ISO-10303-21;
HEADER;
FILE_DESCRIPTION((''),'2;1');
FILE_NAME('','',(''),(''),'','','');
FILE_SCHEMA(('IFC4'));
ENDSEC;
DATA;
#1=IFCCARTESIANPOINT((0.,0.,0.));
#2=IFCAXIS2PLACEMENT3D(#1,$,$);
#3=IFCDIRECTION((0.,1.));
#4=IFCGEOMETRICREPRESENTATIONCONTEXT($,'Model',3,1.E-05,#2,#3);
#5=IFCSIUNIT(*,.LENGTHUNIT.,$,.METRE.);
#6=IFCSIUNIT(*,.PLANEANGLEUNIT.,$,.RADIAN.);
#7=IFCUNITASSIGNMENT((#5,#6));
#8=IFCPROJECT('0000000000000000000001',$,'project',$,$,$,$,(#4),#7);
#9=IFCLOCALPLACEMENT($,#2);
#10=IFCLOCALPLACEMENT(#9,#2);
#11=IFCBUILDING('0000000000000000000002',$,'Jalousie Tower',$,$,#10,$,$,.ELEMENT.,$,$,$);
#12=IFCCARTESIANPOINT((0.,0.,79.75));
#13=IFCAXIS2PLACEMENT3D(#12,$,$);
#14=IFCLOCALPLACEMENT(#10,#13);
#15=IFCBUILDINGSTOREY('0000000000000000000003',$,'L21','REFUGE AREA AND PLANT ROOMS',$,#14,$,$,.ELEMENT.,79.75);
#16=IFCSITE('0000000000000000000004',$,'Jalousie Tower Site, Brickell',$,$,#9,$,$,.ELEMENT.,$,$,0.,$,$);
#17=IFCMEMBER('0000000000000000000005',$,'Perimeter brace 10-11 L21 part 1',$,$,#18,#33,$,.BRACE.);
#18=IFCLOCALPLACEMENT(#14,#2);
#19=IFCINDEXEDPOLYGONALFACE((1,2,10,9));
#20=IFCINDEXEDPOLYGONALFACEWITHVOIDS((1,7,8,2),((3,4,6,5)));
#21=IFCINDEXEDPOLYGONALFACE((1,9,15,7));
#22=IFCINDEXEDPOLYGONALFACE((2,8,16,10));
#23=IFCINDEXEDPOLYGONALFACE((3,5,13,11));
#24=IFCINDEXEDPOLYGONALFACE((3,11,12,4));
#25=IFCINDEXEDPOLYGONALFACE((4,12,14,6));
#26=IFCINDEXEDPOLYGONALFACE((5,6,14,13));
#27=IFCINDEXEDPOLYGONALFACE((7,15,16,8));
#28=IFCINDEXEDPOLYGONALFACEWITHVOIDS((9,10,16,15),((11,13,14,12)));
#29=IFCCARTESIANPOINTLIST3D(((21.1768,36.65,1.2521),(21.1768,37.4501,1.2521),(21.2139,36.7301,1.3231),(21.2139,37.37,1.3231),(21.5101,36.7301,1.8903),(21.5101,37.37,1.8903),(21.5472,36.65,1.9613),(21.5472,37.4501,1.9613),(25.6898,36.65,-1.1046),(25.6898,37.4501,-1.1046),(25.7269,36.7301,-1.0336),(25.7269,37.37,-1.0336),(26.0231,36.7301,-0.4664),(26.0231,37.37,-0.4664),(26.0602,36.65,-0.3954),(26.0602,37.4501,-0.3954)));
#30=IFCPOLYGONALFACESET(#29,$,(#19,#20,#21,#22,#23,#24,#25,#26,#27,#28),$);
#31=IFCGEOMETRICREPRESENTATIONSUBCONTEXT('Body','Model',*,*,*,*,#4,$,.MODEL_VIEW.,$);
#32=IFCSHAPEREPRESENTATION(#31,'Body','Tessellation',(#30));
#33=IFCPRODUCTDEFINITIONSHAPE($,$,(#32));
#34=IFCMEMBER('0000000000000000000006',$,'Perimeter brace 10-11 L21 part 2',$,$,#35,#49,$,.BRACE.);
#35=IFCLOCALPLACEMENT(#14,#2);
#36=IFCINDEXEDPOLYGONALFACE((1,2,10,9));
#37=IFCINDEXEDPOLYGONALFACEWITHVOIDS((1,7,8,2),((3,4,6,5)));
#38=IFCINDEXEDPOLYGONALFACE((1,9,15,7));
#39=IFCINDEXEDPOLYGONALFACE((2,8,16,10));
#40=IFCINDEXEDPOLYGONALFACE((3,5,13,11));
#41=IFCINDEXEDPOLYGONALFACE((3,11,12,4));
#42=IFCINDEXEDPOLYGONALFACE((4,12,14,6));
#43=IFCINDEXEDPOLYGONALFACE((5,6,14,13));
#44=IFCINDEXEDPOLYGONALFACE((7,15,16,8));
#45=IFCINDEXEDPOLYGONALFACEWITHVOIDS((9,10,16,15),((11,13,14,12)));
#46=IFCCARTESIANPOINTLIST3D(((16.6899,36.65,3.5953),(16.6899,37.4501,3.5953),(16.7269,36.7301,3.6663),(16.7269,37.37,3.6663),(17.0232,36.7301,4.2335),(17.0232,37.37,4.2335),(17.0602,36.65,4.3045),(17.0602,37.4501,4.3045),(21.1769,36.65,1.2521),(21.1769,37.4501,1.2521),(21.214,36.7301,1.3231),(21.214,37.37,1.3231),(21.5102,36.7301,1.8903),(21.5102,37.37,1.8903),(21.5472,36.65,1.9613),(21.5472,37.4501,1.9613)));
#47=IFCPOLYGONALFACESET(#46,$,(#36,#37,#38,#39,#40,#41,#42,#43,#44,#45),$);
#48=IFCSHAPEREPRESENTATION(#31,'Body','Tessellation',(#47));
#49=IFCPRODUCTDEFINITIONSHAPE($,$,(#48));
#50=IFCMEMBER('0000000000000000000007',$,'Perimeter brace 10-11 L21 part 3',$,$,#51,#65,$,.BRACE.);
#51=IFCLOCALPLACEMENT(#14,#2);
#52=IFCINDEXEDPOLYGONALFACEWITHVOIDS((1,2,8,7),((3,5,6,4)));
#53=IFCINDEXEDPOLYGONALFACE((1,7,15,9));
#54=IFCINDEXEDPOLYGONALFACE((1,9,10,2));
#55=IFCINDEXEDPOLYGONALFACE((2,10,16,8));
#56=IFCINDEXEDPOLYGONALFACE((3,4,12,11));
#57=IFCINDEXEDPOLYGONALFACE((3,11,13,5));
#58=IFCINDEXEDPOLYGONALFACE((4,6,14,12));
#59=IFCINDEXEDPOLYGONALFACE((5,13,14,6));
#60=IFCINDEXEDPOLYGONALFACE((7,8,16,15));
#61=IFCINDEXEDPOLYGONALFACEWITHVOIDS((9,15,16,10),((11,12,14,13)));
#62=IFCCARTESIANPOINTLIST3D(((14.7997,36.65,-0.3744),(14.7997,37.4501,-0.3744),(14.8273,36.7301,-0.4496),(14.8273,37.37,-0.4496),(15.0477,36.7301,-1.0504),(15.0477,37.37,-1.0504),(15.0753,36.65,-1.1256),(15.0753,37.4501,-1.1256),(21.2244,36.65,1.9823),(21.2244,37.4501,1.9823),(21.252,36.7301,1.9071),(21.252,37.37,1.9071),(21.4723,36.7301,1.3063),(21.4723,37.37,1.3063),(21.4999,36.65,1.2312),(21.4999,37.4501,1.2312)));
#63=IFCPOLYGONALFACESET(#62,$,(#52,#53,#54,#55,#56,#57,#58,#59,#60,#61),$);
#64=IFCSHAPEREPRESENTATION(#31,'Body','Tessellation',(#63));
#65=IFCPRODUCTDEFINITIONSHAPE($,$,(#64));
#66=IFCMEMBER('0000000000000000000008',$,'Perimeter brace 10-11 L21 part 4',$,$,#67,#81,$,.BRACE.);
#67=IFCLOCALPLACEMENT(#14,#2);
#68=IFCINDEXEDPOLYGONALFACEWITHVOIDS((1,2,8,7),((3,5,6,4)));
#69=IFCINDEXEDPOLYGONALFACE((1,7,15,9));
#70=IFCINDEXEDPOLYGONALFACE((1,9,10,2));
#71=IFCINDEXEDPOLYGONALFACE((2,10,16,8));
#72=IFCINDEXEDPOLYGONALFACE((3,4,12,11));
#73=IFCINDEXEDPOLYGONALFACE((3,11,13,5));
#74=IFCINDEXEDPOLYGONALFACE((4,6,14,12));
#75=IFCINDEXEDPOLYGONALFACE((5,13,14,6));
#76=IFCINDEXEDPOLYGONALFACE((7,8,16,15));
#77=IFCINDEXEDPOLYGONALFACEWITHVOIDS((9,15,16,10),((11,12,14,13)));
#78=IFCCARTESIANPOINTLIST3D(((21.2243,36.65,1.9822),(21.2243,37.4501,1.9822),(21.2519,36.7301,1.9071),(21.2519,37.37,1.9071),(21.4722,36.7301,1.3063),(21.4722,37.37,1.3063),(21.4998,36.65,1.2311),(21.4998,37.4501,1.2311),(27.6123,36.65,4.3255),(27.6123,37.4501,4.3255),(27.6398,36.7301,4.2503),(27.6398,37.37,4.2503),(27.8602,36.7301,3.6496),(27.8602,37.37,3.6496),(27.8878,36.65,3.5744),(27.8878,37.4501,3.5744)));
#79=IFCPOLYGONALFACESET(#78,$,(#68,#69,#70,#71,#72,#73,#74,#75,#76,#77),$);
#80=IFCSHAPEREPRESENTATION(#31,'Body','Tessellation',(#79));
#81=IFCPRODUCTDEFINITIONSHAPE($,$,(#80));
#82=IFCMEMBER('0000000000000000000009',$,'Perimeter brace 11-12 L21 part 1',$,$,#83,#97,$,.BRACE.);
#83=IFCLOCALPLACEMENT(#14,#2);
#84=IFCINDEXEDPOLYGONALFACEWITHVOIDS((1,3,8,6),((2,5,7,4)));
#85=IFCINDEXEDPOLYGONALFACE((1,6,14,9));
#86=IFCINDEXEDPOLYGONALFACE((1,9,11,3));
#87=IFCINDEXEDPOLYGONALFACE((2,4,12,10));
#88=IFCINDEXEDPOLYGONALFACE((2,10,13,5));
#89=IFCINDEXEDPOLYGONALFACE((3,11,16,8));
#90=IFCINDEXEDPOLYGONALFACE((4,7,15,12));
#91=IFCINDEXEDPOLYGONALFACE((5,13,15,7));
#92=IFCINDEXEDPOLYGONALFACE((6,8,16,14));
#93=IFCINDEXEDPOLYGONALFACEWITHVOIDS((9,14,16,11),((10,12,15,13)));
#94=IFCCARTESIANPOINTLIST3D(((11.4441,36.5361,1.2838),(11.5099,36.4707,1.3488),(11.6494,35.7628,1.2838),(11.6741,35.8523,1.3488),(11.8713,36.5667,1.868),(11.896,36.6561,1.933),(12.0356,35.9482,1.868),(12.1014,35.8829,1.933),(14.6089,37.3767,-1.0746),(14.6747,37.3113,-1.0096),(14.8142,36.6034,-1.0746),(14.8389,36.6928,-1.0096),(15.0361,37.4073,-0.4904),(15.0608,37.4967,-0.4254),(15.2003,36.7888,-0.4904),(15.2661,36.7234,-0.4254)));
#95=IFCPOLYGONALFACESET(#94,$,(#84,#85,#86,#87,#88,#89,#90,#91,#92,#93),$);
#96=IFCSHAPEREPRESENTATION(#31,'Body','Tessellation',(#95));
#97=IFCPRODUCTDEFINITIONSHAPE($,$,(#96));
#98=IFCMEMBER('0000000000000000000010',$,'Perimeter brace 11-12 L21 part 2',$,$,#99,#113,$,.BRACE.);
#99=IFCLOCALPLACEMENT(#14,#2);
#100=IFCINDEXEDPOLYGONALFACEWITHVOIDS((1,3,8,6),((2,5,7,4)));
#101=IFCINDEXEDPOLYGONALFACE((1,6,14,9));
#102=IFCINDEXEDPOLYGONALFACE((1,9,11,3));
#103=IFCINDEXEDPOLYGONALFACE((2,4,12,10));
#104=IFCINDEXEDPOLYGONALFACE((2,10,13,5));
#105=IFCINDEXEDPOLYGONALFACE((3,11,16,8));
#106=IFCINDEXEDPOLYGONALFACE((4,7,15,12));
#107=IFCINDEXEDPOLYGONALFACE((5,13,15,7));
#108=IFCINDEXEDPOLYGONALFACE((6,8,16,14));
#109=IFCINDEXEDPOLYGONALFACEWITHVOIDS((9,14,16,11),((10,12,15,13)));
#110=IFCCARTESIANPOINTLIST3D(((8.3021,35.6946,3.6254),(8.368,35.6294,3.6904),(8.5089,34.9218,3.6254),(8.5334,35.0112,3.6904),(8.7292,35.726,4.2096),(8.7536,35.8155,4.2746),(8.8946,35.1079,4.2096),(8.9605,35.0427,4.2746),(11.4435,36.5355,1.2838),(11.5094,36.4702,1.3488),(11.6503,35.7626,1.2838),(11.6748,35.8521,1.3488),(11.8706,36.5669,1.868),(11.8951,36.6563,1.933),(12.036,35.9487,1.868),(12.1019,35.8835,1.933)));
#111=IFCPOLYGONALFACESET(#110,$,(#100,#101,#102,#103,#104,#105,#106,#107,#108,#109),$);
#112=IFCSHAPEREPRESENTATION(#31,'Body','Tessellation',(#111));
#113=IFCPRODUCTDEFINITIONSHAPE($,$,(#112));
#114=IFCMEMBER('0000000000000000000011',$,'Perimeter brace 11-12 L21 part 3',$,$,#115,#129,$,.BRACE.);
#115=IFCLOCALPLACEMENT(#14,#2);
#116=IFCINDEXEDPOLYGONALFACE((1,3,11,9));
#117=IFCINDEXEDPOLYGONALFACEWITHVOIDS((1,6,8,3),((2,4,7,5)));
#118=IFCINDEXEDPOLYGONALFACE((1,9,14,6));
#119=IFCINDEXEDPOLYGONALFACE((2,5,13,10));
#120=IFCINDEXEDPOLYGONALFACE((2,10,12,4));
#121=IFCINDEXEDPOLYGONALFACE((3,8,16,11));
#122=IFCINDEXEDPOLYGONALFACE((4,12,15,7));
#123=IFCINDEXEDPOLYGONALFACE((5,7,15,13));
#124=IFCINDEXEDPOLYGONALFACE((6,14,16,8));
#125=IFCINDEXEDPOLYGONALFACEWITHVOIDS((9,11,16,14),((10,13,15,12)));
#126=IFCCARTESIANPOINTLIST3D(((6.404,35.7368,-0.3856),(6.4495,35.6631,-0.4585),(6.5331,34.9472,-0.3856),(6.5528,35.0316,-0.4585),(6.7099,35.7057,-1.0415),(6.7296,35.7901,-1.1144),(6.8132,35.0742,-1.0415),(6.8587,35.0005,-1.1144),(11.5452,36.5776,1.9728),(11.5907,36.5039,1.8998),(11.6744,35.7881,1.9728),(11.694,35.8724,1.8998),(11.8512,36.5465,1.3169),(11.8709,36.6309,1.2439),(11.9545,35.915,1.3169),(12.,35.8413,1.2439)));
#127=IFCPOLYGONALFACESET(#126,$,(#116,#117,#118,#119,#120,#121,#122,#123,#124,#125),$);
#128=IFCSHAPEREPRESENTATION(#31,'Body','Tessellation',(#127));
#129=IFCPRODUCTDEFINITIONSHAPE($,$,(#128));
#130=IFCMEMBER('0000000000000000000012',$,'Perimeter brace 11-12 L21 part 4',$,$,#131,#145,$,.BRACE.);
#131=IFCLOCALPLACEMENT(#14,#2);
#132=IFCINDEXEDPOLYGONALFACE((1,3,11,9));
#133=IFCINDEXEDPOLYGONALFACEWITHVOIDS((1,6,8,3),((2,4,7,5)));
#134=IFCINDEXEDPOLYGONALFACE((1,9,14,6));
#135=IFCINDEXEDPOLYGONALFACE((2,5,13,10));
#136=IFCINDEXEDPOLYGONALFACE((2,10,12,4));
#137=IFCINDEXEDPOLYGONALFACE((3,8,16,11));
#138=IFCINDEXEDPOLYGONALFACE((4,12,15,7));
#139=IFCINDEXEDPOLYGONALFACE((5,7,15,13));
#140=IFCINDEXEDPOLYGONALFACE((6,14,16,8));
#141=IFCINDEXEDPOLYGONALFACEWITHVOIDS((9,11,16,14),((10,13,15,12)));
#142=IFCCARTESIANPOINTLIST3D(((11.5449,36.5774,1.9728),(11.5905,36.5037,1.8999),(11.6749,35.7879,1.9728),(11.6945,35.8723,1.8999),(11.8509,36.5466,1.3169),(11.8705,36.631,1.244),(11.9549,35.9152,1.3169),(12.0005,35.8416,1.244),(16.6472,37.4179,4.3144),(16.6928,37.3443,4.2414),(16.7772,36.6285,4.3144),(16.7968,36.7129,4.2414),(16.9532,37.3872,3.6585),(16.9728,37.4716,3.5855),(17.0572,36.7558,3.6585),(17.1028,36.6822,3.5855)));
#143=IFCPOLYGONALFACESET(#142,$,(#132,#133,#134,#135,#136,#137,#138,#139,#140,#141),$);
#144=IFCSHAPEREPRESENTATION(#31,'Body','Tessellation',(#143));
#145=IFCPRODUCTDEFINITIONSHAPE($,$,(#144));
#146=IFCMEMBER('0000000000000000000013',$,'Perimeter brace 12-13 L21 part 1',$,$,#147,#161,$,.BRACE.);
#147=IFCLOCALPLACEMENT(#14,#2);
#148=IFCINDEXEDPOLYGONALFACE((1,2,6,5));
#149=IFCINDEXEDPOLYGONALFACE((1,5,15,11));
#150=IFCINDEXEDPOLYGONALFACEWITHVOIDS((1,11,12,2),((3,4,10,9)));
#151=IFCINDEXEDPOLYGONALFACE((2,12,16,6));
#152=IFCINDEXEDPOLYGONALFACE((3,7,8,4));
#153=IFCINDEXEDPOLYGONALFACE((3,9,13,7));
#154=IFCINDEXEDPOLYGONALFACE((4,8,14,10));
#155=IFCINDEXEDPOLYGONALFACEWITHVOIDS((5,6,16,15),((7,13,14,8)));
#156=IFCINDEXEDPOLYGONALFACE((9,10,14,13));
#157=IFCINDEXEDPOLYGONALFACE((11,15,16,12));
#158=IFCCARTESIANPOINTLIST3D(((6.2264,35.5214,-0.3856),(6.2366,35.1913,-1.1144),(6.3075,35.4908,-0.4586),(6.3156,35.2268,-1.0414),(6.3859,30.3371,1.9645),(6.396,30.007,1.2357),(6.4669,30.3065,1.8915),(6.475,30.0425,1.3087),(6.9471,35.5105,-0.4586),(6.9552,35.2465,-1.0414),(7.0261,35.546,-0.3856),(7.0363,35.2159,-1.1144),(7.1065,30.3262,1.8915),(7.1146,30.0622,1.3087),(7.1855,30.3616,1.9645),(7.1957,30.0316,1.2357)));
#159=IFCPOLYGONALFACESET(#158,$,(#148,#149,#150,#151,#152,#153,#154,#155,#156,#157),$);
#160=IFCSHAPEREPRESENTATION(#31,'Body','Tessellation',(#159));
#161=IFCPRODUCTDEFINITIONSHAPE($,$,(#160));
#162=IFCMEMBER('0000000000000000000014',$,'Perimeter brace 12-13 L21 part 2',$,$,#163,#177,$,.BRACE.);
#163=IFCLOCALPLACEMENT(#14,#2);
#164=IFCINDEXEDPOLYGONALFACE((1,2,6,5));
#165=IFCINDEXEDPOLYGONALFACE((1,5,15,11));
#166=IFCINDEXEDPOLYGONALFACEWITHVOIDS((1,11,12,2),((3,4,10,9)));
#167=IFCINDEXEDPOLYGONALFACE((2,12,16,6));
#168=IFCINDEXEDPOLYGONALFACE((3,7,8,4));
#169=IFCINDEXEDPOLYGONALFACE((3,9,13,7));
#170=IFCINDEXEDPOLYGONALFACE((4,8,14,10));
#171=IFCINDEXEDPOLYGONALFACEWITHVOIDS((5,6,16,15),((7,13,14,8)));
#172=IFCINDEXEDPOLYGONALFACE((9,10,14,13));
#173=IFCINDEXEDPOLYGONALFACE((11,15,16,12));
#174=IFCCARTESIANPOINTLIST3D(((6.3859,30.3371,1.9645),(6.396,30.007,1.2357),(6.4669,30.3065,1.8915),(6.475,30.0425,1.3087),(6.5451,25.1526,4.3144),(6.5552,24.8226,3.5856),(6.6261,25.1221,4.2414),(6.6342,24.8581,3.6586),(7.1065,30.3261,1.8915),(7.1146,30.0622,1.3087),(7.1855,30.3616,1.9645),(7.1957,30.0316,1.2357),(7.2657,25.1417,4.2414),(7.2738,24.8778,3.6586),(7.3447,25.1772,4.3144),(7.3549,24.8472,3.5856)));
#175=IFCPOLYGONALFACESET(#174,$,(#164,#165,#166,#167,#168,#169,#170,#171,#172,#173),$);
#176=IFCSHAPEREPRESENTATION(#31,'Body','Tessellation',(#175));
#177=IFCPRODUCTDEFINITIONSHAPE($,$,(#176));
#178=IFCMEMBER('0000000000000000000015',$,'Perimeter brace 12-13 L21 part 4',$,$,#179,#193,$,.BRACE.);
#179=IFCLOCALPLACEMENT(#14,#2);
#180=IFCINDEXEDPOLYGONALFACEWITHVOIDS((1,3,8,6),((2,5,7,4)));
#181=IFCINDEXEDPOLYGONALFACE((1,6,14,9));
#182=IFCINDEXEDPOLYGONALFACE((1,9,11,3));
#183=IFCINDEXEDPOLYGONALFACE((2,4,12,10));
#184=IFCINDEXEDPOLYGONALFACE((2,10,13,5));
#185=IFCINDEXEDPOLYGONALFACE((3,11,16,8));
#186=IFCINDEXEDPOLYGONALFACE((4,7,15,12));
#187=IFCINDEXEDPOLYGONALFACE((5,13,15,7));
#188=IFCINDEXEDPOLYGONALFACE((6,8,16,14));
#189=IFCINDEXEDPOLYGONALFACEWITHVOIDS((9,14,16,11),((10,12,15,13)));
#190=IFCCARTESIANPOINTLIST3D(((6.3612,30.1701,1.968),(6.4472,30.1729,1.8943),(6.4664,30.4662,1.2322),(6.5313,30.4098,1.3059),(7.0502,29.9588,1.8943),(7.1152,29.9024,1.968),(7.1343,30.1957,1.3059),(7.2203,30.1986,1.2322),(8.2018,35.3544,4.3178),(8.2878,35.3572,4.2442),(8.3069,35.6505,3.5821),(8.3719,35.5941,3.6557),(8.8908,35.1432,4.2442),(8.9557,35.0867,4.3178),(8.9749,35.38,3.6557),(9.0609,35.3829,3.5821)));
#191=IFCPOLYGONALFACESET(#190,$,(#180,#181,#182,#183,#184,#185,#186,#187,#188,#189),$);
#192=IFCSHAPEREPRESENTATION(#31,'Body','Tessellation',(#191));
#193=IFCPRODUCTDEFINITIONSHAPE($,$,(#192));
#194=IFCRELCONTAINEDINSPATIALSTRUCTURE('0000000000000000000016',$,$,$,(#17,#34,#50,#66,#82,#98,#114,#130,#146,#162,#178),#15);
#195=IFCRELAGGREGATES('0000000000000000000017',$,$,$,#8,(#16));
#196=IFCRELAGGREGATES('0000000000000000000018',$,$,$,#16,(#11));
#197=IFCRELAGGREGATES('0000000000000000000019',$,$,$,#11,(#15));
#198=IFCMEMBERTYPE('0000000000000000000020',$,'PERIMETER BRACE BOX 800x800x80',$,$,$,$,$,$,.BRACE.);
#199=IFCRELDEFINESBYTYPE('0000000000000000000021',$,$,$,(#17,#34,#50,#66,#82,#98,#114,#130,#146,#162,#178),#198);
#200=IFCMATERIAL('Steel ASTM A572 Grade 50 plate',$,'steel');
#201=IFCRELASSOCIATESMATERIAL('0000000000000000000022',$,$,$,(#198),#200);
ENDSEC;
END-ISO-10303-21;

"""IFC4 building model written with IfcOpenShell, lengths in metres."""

from ifc_helpers import new_model, si_unit, direction, frame, origin, origin_2d, place, context, subcontext, project, spatial, hollow_rectangle, extrude, material, material_profile, profile_set, type_object, element, save


model = new_model("IFC4")

# Units and contexts
model_context = context("Model", 3, precision=1e-05, world=origin(), true_north=direction((0.0, 1.0)))
body_context = subcontext(model_context, "Body", "Model", "MODEL_VIEW")
ifc_project = project(units=[si_unit("LENGTHUNIT", "METRE"), si_unit("PLANEANGLEUNIT", "RADIAN")], contexts=[model_context])

# Site, building, storey
site_placement = place(None, origin())
site = spatial("IfcSite", under=ifc_project, at=site_placement, Name="Jalousie Tower Site, Brickell", CompositionType="ELEMENT", RefElevation=0.0)
building_placement = place(site_placement, origin())
building = spatial("IfcBuilding", under=site, at=building_placement, Name="Jalousie Tower", CompositionType="ELEMENT")
storey_placement = place(building_placement, frame((0.0, 0.0, 79.75)))
storey = spatial("IfcBuildingStorey", under=building, at=storey_placement, Name="L21", Description="REFUGE AREA AND PLANT ROOMS", CompositionType="ELEMENT", Elevation=79.75)

# Members
ifc_material_1 = material(Name="Steel ASTM A572 Grade 50 plate", Category="steel")
ifc_material_profile_1 = material_profile(ifc_material_1, hollow_rectangle(XDim=0.8, YDim=0.8, WallThickness=0.0801, at=origin_2d()), Name="BOX 800x800x80")
ifc_profile_set_1 = profile_set([ifc_material_profile_1], Name="Steel ASTM A572 Grade 50 plate")
member_type_1 = type_object("IfcMemberType", Name="PERIMETER BRACE BOX 800x800x80", PredefinedType="BRACE", material=ifc_profile_set_1)
member_1_placement = place(storey_placement, frame((25.875, 37.05, -0.75), z_axis=(-0.886415, 0.0, 0.462892), x_axis=(0.0, -1.0, 0.0)))
element("IfcMember", 1, at=member_1_placement, inside=storey, type_object=member_type_1, Name="Perimeter brace 10-11 L21 part 1", PredefinedType="BRACE", context=body_context, shape_type="SweptSolid", body=[
    extrude(hollow_rectangle(XDim=0.8, YDim=0.8, WallThickness=0.0801, at=origin_2d()), origin(), (0.0, 0.0, 1.0), 5.0913),
])
member_2_placement = place(storey_placement, frame((21.3621, 37.05, 1.6067), z_axis=(-0.886408, 0.0, 0.462906), x_axis=(0.0, -1.0, 0.0)))
element("IfcMember", 2, at=member_2_placement, inside=storey, type_object=member_type_1, Name="Perimeter brace 10-11 L21 part 2", PredefinedType="BRACE", context=body_context, shape_type="SweptSolid", body=[
    extrude(hollow_rectangle(XDim=0.8, YDim=0.8, WallThickness=0.0801, at=origin_2d()), origin(), (0.0, 0.0, 1.0), 5.062),
])
member_3_placement = place(storey_placement, frame((14.9375, 37.05, -0.75), z_axis=(0.938828, 0.0, 0.344386), x_axis=(0.0, 1.0, 0.0)))
element("IfcMember", 3, at=member_3_placement, inside=storey, type_object=member_type_1, Name="Perimeter brace 10-11 L21 part 3", PredefinedType="BRACE", context=body_context, shape_type="SweptSolid", body=[
    extrude(hollow_rectangle(XDim=0.8, YDim=0.8, WallThickness=0.0801, at=origin_2d()), origin(), (0.0, 0.0, 1.0), 6.8433),
])
member_4_placement = place(storey_placement, frame((21.3621, 37.05, 1.6067), z_axis=(0.938828, 0.0, 0.344386), x_axis=(0.0, 1.0, 0.0)))
element("IfcMember", 4, at=member_4_placement, inside=storey, type_object=member_type_1, Name="Perimeter brace 10-11 L21 part 4", PredefinedType="BRACE", context=body_context, shape_type="SweptSolid", body=[
    extrude(hollow_rectangle(XDim=0.8, YDim=0.8, WallThickness=0.0801, at=origin_2d()), origin(), (0.0, 0.0, 1.0), 6.8042),
])
member_5_placement = place(storey_placement, frame((14.9375, 37.05, -0.75), z_axis=(-0.784256, -0.2083, 0.584426), x_axis=(0.256702, -0.966491, 0.0)))
element("IfcMember", 5, at=member_5_placement, inside=storey, type_object=member_type_1, Name="Perimeter brace 11-12 L21 part 1", PredefinedType="BRACE", context=body_context, shape_type="SweptSolid", body=[
    extrude(hollow_rectangle(XDim=0.8, YDim=0.8, WallThickness=0.0801, at=origin_2d()), origin(), (0.0, 0.0, 1.0), 4.0354),
])
member_6_placement = place(storey_placement, frame((11.7727, 36.2095, 1.6084), z_axis=(-0.78392, -0.209825, 0.584331), x_axis=(0.25856, -0.965995, 0.0)))
element("IfcMember", 6, at=member_6_placement, inside=storey, type_object=member_type_1, Name="Perimeter brace 11-12 L21 part 2", PredefinedType="BRACE", context=body_context, shape_type="SweptSolid", body=[
    extrude(hollow_rectangle(XDim=0.8, YDim=0.8, WallThickness=0.0801, at=origin_2d()), origin(), (0.0, 0.0, 1.0), 4.0073),
])
member_7_placement = place(storey_placement, frame((6.6313, 35.3687, -0.75), z_axis=(0.899056, 0.147032, 0.412407), x_axis=(-0.161396, 0.98689, 0.0)))
element("IfcMember", 7, at=member_7_placement, inside=storey, type_object=member_type_1, Name="Perimeter brace 11-12 L21 part 3", PredefinedType="BRACE", context=body_context, shape_type="SweptSolid", body=[
    extrude(hollow_rectangle(XDim=0.8, YDim=0.8, WallThickness=0.0801, at=origin_2d()), origin(), (0.0, 0.0, 1.0), 5.7185),
])
member_8_placement = place(storey_placement, frame((11.7727, 36.2095, 1.6084), z_axis=(0.898842, 0.14808, 0.412498), x_axis=(-0.162554, 0.9867, 0.0)))
element("IfcMember", 8, at=member_8_placement, inside=storey, type_object=member_type_1, Name="Perimeter brace 11-12 L21 part 4", PredefinedType="BRACE", context=body_context, shape_type="SweptSolid", body=[
    extrude(hollow_rectangle(XDim=0.8, YDim=0.8, WallThickness=0.0801, at=origin_2d()), origin(), (0.0, 0.0, 1.0), 5.6765),
])
for number, where, z_axis, x_axis, name in (
    (9, (6.6313, 35.3687, -0.75), (0.027997, -0.910433, 0.412707), (0.999528, 0.030737, 0.0), "Perimeter brace 12-13 L21 part 1"),
    (10, (6.7908, 30.1843, 1.6001), (0.027955, -0.910451, 0.412672), (0.999529, 0.03069, 0.0), "Perimeter brace 12-13 L21 part 2"),
):
    element("IfcMember", number, at=place(storey_placement, frame(where, z_axis=z_axis, x_axis=x_axis)), inside=storey, type_object=member_type_1, Name=name, PredefinedType="BRACE", context=body_context, shape_type="SweptSolid", body=[
        extrude(hollow_rectangle(XDim=0.8, YDim=0.8, WallThickness=0.0801, at=origin_2d()), origin(), (0.0, 0.0, 1.0), 5.6943),
    ])
member_9_placement = place(storey_placement, frame((6.7908, 30.1843, 1.6001), z_axis=(0.307675, 0.866625, 0.392807), x_axis=(-0.942372, 0.334568, 0.0)))
element("IfcMember", 11, at=member_9_placement, inside=storey, type_object=member_type_1, Name="Perimeter brace 12-13 L21 part 4", PredefinedType="BRACE", context=body_context, shape_type="SweptSolid", body=[
    extrude(hollow_rectangle(XDim=0.8, YDim=0.8, WallThickness=0.0801, at=origin_2d()), origin(), (0.0, 0.0, 1.0), 5.9822),
])

save(model, "model.ifc")
